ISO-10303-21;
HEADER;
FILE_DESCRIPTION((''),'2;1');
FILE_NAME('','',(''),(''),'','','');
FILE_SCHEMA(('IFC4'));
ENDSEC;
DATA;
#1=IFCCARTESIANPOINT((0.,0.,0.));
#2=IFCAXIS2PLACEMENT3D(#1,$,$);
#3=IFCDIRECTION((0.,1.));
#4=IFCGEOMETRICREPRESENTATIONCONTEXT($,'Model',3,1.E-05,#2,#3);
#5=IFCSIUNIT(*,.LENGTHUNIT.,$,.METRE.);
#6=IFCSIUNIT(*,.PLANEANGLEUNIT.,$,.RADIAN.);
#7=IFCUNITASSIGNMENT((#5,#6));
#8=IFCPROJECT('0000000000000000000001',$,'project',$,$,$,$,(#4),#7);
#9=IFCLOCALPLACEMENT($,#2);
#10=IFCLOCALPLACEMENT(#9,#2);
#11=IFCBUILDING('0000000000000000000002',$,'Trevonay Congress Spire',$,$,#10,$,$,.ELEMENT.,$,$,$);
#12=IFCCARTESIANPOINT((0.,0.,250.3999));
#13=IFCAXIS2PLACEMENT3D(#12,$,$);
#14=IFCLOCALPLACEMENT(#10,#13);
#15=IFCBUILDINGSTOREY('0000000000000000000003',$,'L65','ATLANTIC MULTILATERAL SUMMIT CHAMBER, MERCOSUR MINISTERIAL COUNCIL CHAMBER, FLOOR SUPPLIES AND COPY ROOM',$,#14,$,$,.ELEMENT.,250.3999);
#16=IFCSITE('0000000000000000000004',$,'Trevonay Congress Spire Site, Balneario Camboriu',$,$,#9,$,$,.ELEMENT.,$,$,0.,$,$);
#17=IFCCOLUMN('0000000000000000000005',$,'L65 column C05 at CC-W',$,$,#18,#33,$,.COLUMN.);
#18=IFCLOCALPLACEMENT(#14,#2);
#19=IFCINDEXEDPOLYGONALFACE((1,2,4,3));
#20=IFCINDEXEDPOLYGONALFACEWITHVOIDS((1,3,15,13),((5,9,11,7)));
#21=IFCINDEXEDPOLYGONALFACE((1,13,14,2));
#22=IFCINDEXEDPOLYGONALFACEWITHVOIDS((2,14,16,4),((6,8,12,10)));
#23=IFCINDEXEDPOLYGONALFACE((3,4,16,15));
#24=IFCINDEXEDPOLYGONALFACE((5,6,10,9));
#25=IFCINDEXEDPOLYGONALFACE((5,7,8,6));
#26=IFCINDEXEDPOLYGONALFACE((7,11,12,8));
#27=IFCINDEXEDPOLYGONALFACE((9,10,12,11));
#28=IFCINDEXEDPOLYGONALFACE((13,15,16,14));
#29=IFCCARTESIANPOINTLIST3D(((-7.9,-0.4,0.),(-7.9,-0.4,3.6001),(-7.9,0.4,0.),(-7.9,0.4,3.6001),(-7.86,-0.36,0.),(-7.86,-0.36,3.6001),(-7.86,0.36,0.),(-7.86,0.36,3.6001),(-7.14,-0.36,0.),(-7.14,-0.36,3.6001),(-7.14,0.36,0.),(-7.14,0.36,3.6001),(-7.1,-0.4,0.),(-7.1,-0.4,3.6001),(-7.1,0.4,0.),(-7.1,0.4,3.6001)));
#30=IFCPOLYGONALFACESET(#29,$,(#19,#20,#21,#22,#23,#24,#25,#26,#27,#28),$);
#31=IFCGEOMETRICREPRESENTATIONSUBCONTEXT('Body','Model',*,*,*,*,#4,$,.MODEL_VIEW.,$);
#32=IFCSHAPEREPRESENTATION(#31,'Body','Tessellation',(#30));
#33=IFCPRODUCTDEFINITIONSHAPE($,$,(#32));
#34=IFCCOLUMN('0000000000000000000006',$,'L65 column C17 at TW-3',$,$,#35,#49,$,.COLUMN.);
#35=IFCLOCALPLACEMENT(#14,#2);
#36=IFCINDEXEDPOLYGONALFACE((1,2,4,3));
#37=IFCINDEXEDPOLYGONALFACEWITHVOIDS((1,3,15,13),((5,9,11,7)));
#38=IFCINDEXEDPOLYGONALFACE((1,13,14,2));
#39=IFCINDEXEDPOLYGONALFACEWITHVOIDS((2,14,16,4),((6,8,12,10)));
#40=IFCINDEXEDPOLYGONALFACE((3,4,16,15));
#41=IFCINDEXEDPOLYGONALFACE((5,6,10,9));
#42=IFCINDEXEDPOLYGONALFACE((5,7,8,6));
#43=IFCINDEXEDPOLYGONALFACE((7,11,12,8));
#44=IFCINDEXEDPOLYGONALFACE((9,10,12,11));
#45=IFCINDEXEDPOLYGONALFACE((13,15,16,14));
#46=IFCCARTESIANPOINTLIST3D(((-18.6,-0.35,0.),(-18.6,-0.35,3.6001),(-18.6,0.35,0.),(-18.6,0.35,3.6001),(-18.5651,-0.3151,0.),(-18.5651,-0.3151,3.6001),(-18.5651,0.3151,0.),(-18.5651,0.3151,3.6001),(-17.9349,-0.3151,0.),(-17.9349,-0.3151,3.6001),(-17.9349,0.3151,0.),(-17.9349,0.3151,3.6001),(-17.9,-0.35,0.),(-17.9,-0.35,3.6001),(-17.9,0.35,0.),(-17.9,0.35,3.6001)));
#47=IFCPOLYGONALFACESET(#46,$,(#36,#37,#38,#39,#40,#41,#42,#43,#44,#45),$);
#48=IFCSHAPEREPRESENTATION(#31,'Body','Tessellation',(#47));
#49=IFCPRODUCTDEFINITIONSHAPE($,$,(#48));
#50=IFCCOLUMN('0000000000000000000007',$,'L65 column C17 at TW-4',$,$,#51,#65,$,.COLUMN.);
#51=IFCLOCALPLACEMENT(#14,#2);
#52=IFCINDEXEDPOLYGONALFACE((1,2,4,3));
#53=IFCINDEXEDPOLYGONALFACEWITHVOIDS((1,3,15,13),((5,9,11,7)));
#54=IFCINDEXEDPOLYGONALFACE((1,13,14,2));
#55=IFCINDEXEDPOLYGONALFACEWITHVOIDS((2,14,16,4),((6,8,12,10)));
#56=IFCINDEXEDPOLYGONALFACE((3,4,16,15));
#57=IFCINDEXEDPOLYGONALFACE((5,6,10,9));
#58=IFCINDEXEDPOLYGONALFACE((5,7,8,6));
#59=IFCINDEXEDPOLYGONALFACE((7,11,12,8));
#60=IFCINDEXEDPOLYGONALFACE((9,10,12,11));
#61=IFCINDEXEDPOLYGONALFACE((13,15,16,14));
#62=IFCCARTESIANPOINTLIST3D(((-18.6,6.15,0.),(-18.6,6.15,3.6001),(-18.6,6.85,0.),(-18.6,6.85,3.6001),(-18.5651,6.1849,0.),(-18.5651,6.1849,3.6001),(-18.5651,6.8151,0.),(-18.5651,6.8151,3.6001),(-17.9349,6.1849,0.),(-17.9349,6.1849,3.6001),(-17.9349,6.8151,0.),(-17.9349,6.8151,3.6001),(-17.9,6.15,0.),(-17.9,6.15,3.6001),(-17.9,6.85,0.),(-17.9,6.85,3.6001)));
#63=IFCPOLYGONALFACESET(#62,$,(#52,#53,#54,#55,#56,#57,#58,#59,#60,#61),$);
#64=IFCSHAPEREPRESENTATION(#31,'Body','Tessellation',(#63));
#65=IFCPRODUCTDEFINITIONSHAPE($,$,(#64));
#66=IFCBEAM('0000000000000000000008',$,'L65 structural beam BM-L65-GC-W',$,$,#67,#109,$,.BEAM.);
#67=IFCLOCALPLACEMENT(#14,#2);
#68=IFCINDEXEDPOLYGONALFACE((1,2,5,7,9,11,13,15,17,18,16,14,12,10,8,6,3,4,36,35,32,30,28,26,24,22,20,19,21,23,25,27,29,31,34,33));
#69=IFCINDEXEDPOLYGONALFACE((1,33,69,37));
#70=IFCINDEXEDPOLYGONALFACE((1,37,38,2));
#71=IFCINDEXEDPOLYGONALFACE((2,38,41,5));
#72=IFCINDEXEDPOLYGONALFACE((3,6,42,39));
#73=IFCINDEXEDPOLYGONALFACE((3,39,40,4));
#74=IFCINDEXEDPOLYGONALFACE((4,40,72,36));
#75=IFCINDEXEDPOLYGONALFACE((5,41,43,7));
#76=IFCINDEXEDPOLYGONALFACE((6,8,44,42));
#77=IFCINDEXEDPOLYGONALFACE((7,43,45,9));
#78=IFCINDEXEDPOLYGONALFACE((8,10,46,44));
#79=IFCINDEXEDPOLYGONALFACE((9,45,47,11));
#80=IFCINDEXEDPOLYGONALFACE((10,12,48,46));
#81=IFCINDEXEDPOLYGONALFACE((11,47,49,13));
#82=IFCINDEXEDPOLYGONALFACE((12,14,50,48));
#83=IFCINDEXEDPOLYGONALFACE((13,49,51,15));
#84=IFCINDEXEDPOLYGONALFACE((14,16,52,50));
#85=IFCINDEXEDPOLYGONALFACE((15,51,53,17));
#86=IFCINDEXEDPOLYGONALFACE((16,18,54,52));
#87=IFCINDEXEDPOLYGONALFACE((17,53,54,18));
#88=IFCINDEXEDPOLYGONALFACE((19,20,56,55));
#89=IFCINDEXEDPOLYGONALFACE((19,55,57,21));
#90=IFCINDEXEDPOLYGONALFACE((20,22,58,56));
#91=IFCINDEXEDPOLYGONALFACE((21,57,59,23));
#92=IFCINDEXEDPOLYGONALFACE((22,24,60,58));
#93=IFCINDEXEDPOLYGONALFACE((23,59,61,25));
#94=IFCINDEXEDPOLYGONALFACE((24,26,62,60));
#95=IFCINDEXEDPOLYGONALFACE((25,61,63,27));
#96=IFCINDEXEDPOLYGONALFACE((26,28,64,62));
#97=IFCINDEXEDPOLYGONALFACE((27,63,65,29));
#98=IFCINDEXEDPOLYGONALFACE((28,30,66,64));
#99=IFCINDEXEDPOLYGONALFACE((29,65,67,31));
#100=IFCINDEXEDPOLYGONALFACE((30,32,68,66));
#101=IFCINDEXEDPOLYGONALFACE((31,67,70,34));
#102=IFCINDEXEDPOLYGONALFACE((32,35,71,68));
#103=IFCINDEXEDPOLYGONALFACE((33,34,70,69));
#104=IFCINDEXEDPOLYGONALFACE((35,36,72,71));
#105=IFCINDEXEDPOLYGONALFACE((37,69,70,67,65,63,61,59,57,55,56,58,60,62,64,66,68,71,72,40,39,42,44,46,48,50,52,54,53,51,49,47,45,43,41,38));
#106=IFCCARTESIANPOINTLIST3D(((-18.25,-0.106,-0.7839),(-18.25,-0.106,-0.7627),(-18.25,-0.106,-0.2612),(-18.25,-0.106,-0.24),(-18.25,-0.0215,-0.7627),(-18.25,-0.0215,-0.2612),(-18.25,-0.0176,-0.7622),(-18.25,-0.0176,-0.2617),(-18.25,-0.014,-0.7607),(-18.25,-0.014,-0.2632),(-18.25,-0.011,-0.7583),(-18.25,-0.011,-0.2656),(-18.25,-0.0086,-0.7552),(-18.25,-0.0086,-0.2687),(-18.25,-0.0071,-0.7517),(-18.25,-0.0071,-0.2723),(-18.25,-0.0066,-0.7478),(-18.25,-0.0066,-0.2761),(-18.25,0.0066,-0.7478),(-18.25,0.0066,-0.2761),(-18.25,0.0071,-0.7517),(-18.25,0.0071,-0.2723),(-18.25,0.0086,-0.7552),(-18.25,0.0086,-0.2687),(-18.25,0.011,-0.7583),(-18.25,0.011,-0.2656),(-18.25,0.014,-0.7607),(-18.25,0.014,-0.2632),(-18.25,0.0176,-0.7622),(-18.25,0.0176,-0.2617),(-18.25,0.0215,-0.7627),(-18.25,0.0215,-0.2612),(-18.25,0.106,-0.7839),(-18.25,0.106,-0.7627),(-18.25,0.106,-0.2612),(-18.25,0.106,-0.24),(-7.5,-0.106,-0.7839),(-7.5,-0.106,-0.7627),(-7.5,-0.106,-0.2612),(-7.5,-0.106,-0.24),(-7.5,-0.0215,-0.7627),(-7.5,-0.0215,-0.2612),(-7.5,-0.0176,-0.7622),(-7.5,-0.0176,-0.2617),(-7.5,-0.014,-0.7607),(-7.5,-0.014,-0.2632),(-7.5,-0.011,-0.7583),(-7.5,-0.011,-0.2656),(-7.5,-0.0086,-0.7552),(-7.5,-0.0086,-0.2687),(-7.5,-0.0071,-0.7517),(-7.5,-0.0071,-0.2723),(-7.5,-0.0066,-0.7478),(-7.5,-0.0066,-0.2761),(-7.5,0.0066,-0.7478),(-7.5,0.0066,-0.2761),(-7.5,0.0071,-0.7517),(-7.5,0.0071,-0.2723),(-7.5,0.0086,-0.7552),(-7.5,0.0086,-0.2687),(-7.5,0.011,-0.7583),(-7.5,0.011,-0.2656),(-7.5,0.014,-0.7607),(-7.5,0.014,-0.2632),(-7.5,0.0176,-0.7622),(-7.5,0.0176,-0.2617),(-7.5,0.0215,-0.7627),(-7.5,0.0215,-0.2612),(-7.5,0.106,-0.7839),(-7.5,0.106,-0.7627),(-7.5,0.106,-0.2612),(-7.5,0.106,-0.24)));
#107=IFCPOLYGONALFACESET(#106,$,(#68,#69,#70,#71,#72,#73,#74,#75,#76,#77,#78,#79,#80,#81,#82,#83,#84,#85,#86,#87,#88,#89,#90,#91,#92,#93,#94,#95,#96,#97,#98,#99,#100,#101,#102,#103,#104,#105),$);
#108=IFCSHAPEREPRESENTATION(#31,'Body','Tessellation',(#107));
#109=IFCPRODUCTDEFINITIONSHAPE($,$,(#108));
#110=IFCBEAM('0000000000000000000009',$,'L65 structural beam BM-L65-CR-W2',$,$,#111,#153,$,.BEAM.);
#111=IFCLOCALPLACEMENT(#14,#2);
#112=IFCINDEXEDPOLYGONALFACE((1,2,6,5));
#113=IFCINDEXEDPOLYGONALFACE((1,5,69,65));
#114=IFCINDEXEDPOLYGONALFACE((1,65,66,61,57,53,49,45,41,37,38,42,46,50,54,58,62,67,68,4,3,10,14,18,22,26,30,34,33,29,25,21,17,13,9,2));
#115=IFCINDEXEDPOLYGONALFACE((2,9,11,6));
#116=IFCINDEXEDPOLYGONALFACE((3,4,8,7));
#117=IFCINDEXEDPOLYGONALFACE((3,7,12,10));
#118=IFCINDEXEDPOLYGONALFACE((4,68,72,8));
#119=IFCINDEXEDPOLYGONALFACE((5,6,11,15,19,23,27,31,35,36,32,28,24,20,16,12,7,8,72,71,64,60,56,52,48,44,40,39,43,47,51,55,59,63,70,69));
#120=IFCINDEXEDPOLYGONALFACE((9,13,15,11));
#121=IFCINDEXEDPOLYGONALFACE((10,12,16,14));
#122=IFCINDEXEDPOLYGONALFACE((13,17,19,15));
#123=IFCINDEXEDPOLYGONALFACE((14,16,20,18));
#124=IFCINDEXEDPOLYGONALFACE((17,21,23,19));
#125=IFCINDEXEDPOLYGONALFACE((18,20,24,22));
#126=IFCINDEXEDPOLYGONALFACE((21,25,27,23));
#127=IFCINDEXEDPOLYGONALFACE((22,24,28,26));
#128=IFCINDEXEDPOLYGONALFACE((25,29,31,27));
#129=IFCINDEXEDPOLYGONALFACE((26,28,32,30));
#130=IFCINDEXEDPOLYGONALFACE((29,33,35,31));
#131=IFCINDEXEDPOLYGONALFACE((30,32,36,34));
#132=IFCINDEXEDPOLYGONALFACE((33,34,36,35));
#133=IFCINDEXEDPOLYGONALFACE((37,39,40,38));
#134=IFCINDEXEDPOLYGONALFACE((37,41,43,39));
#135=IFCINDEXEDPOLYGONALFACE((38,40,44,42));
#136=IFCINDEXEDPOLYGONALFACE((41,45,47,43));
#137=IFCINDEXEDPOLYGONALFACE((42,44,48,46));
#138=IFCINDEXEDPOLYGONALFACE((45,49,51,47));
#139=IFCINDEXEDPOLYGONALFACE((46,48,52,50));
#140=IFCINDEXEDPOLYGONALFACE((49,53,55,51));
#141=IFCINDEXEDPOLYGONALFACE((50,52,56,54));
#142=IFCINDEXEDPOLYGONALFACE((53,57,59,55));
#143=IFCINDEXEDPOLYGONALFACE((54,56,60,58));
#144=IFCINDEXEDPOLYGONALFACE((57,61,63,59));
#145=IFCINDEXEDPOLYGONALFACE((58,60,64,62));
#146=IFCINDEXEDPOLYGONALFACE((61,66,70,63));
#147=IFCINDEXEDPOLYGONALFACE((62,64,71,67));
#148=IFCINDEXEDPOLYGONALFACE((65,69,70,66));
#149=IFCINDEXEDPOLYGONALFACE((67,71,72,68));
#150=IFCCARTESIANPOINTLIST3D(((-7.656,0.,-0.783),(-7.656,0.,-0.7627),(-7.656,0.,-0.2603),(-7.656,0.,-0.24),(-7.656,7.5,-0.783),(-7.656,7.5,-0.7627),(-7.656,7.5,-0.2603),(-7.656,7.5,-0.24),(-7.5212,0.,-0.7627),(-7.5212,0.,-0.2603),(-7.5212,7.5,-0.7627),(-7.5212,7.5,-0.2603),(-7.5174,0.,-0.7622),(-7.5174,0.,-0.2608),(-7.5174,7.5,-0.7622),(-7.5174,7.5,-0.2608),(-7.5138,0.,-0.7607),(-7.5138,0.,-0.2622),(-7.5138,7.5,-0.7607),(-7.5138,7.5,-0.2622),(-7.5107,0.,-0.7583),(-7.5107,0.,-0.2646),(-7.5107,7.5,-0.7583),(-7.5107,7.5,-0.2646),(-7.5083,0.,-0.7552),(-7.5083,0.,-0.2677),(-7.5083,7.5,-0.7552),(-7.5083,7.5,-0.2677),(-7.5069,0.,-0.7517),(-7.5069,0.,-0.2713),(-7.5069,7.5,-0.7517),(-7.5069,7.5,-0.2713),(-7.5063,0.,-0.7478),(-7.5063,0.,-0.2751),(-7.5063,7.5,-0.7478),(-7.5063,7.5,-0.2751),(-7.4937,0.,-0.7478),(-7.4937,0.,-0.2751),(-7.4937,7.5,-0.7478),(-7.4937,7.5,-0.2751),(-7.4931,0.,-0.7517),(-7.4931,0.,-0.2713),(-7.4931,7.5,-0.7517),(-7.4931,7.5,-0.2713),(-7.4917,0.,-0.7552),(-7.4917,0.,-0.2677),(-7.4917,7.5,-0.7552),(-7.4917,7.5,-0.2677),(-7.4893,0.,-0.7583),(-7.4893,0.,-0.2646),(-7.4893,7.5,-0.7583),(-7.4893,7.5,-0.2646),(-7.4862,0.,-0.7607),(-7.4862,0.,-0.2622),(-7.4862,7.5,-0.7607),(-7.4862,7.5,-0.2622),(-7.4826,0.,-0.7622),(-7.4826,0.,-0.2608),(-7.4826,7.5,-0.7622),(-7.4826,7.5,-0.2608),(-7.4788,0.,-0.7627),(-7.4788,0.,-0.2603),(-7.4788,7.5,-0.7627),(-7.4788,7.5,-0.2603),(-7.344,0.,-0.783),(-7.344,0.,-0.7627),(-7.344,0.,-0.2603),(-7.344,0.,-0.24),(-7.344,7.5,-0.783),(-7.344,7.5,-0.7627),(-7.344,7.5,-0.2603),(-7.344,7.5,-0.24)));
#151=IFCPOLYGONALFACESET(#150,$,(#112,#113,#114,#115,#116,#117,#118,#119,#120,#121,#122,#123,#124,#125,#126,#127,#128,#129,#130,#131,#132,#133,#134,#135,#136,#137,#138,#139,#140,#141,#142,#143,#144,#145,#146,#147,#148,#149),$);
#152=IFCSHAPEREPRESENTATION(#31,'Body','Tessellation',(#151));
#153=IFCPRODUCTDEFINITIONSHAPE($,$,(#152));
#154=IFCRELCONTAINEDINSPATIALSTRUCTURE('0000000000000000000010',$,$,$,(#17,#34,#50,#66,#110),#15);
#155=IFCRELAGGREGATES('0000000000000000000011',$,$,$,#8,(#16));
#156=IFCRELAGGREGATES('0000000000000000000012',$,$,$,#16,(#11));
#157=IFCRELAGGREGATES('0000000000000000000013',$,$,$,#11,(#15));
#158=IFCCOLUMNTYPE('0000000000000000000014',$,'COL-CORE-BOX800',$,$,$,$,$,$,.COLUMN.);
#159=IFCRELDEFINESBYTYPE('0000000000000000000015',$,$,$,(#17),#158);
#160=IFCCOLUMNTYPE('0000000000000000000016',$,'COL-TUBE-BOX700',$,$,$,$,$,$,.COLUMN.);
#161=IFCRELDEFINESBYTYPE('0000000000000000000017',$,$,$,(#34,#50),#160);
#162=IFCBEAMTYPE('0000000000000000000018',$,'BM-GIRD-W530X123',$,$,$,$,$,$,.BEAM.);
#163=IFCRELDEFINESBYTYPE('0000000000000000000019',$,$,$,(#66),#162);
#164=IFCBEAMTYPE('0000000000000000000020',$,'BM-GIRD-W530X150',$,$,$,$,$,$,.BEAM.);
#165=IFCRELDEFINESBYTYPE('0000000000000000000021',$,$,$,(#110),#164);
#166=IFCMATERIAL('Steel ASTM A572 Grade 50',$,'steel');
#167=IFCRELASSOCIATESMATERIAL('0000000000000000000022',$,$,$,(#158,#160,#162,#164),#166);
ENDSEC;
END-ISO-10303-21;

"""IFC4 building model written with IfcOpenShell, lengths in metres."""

from ifc_helpers import new_model, si_unit, direction, frame, origin, origin_2d, place, context, subcontext, project, spatial, hollow_rectangle, i_section, extrude, material, material_profile, profile_set, type_object, element, save


model = new_model("IFC4")

# Units and contexts
model_context = context("Model", 3, precision=1e-05, world=origin(), true_north=direction((0.0, 1.0)))
body_context = subcontext(model_context, "Body", "Model", "MODEL_VIEW")
ifc_project = project(units=[si_unit("LENGTHUNIT", "METRE"), si_unit("PLANEANGLEUNIT", "RADIAN")], contexts=[model_context])

# Site, building, storey
site_placement = place(None, origin())
site = spatial("IfcSite", under=ifc_project, at=site_placement, Name="Trevonay Congress Spire Site, Balneario Camboriu", CompositionType="ELEMENT", RefElevation=0.0)
building_placement = place(site_placement, origin())
building = spatial("IfcBuilding", under=site, at=building_placement, Name="Trevonay Congress Spire", CompositionType="ELEMENT")
storey_placement = place(building_placement, frame((0.0, 0.0, 250.3999)))
storey = spatial("IfcBuildingStorey", under=building, at=storey_placement, Name="L65", Description="ATLANTIC MULTILATERAL SUMMIT CHAMBER, MERCOSUR MINISTERIAL COUNCIL CHAMBER, FLOOR SUPPLIES AND COPY ROOM", CompositionType="ELEMENT", Elevation=250.3999)

# Columns
ifc_material_1 = material(Name="Steel ASTM A572 Grade 50", Category="steel")
ifc_material_profile_1 = material_profile(ifc_material_1, hollow_rectangle(XDim=0.8, YDim=0.8, WallThickness=0.04, at=origin_2d()), Name="BOX 800x800x40")
ifc_profile_set_1 = profile_set([ifc_material_profile_1], Name="Steel ASTM A572 Grade 50")
column_type_1 = type_object("IfcColumnType", Name="COL-CORE-BOX800", PredefinedType="COLUMN", material=ifc_profile_set_1)
column_placement = place(storey_placement, frame((-7.5, 0.0, 0.0), z_axis=(0.0, 0.0, 1.0), x_axis=(1.0, 0.0, 0.0)))
element("IfcColumn", 1, at=column_placement, inside=storey, type_object=column_type_1, Name="L65 column C05 at CC-W", PredefinedType="COLUMN", context=body_context, shape_type="SweptSolid", body=[
    extrude(hollow_rectangle(XDim=0.8, YDim=0.8, WallThickness=0.04, at=origin_2d()), origin(), (0.0, 0.0, 1.0), 3.6001),
])
ifc_material_profile_2 = material_profile(ifc_material_1, hollow_rectangle(XDim=0.7, YDim=0.7, WallThickness=0.0349, at=origin_2d()), Name="BOX 700x700x35")
ifc_profile_set_2 = profile_set([ifc_material_profile_2], Name="Steel ASTM A572 Grade 50")
column_type_2 = type_object("IfcColumnType", Name="COL-TUBE-BOX700", PredefinedType="COLUMN", material=ifc_profile_set_2)
for number, where, z_axis, x_axis, name in (
    (2, (-18.25, 0.0, 0.0), (0.0, 0.0, 1.0), (1.0, 0.0, 0.0), "L65 column C17 at TW-3"),
    (3, (-18.25, 6.5, 0.0), (0.0, 0.0, 1.0), (1.0, 0.0, 0.0), "L65 column C17 at TW-4"),
):
    element("IfcColumn", number, at=place(storey_placement, frame(where, z_axis=z_axis, x_axis=x_axis)), inside=storey, type_object=column_type_2, Name=name, PredefinedType="COLUMN", context=body_context, shape_type="SweptSolid", body=[
        extrude(hollow_rectangle(XDim=0.7, YDim=0.7, WallThickness=0.0349, at=origin_2d()), origin(), (0.0, 0.0, 1.0), 3.6001),
    ])

# Beams
ifc_material_profile_3 = material_profile(ifc_material_1, i_section(OverallWidth=0.2119, OverallDepth=0.5439, WebThickness=0.0132, FlangeThickness=0.0212, FilletRadius=0.0149, at=origin_2d()), Name="W530x123")
ifc_profile_set_3 = profile_set([ifc_material_profile_3], Name="Steel ASTM A572 Grade 50")
beam_type_1 = type_object("IfcBeamType", Name="BM-GIRD-W530X123", PredefinedType="BEAM", material=ifc_profile_set_3)
beam_1_placement = place(storey_placement, frame((-7.5, 0.0, -0.512), z_axis=(-1.0, 0.0, 0.0), x_axis=(0.0, -1.0, 0.0)))
element("IfcBeam", 4, at=beam_1_placement, inside=storey, type_object=beam_type_1, Name="L65 structural beam BM-L65-GC-W", PredefinedType="BEAM", context=body_context, shape_type="SweptSolid", body=[
    extrude(i_section(OverallWidth=0.2119, OverallDepth=0.5439, WebThickness=0.0132, FlangeThickness=0.0212, FilletRadius=0.0149, at=origin_2d()), origin(), (0.0, 0.0, 1.0), 10.75),
])
ifc_material_profile_4 = material_profile(ifc_material_1, i_section(OverallWidth=0.312, OverallDepth=0.543, WebThickness=0.0127, FlangeThickness=0.0203, FilletRadius=0.0149, at=origin_2d()), Name="W530x150")
ifc_profile_set_4 = profile_set([ifc_material_profile_4], Name="Steel ASTM A572 Grade 50")
beam_type_2 = type_object("IfcBeamType", Name="BM-GIRD-W530X150", PredefinedType="BEAM", material=ifc_profile_set_4)
beam_2_placement = place(storey_placement, frame((-7.5, 0.0, -0.5115), z_axis=(0.0, 1.0, 0.0), x_axis=(-1.0, 0.0, 0.0)))
element("IfcBeam", 5, at=beam_2_placement, inside=storey, type_object=beam_type_2, Name="L65 structural beam BM-L65-CR-W2", PredefinedType="BEAM", context=body_context, shape_type="SweptSolid", body=[
    extrude(i_section(OverallWidth=0.312, OverallDepth=0.543, WebThickness=0.0127, FlangeThickness=0.0203, FilletRadius=0.0149, at=origin_2d()), origin(), (0.0, 0.0, 1.0), 7.5),
])

save(model, "model.ifc")
